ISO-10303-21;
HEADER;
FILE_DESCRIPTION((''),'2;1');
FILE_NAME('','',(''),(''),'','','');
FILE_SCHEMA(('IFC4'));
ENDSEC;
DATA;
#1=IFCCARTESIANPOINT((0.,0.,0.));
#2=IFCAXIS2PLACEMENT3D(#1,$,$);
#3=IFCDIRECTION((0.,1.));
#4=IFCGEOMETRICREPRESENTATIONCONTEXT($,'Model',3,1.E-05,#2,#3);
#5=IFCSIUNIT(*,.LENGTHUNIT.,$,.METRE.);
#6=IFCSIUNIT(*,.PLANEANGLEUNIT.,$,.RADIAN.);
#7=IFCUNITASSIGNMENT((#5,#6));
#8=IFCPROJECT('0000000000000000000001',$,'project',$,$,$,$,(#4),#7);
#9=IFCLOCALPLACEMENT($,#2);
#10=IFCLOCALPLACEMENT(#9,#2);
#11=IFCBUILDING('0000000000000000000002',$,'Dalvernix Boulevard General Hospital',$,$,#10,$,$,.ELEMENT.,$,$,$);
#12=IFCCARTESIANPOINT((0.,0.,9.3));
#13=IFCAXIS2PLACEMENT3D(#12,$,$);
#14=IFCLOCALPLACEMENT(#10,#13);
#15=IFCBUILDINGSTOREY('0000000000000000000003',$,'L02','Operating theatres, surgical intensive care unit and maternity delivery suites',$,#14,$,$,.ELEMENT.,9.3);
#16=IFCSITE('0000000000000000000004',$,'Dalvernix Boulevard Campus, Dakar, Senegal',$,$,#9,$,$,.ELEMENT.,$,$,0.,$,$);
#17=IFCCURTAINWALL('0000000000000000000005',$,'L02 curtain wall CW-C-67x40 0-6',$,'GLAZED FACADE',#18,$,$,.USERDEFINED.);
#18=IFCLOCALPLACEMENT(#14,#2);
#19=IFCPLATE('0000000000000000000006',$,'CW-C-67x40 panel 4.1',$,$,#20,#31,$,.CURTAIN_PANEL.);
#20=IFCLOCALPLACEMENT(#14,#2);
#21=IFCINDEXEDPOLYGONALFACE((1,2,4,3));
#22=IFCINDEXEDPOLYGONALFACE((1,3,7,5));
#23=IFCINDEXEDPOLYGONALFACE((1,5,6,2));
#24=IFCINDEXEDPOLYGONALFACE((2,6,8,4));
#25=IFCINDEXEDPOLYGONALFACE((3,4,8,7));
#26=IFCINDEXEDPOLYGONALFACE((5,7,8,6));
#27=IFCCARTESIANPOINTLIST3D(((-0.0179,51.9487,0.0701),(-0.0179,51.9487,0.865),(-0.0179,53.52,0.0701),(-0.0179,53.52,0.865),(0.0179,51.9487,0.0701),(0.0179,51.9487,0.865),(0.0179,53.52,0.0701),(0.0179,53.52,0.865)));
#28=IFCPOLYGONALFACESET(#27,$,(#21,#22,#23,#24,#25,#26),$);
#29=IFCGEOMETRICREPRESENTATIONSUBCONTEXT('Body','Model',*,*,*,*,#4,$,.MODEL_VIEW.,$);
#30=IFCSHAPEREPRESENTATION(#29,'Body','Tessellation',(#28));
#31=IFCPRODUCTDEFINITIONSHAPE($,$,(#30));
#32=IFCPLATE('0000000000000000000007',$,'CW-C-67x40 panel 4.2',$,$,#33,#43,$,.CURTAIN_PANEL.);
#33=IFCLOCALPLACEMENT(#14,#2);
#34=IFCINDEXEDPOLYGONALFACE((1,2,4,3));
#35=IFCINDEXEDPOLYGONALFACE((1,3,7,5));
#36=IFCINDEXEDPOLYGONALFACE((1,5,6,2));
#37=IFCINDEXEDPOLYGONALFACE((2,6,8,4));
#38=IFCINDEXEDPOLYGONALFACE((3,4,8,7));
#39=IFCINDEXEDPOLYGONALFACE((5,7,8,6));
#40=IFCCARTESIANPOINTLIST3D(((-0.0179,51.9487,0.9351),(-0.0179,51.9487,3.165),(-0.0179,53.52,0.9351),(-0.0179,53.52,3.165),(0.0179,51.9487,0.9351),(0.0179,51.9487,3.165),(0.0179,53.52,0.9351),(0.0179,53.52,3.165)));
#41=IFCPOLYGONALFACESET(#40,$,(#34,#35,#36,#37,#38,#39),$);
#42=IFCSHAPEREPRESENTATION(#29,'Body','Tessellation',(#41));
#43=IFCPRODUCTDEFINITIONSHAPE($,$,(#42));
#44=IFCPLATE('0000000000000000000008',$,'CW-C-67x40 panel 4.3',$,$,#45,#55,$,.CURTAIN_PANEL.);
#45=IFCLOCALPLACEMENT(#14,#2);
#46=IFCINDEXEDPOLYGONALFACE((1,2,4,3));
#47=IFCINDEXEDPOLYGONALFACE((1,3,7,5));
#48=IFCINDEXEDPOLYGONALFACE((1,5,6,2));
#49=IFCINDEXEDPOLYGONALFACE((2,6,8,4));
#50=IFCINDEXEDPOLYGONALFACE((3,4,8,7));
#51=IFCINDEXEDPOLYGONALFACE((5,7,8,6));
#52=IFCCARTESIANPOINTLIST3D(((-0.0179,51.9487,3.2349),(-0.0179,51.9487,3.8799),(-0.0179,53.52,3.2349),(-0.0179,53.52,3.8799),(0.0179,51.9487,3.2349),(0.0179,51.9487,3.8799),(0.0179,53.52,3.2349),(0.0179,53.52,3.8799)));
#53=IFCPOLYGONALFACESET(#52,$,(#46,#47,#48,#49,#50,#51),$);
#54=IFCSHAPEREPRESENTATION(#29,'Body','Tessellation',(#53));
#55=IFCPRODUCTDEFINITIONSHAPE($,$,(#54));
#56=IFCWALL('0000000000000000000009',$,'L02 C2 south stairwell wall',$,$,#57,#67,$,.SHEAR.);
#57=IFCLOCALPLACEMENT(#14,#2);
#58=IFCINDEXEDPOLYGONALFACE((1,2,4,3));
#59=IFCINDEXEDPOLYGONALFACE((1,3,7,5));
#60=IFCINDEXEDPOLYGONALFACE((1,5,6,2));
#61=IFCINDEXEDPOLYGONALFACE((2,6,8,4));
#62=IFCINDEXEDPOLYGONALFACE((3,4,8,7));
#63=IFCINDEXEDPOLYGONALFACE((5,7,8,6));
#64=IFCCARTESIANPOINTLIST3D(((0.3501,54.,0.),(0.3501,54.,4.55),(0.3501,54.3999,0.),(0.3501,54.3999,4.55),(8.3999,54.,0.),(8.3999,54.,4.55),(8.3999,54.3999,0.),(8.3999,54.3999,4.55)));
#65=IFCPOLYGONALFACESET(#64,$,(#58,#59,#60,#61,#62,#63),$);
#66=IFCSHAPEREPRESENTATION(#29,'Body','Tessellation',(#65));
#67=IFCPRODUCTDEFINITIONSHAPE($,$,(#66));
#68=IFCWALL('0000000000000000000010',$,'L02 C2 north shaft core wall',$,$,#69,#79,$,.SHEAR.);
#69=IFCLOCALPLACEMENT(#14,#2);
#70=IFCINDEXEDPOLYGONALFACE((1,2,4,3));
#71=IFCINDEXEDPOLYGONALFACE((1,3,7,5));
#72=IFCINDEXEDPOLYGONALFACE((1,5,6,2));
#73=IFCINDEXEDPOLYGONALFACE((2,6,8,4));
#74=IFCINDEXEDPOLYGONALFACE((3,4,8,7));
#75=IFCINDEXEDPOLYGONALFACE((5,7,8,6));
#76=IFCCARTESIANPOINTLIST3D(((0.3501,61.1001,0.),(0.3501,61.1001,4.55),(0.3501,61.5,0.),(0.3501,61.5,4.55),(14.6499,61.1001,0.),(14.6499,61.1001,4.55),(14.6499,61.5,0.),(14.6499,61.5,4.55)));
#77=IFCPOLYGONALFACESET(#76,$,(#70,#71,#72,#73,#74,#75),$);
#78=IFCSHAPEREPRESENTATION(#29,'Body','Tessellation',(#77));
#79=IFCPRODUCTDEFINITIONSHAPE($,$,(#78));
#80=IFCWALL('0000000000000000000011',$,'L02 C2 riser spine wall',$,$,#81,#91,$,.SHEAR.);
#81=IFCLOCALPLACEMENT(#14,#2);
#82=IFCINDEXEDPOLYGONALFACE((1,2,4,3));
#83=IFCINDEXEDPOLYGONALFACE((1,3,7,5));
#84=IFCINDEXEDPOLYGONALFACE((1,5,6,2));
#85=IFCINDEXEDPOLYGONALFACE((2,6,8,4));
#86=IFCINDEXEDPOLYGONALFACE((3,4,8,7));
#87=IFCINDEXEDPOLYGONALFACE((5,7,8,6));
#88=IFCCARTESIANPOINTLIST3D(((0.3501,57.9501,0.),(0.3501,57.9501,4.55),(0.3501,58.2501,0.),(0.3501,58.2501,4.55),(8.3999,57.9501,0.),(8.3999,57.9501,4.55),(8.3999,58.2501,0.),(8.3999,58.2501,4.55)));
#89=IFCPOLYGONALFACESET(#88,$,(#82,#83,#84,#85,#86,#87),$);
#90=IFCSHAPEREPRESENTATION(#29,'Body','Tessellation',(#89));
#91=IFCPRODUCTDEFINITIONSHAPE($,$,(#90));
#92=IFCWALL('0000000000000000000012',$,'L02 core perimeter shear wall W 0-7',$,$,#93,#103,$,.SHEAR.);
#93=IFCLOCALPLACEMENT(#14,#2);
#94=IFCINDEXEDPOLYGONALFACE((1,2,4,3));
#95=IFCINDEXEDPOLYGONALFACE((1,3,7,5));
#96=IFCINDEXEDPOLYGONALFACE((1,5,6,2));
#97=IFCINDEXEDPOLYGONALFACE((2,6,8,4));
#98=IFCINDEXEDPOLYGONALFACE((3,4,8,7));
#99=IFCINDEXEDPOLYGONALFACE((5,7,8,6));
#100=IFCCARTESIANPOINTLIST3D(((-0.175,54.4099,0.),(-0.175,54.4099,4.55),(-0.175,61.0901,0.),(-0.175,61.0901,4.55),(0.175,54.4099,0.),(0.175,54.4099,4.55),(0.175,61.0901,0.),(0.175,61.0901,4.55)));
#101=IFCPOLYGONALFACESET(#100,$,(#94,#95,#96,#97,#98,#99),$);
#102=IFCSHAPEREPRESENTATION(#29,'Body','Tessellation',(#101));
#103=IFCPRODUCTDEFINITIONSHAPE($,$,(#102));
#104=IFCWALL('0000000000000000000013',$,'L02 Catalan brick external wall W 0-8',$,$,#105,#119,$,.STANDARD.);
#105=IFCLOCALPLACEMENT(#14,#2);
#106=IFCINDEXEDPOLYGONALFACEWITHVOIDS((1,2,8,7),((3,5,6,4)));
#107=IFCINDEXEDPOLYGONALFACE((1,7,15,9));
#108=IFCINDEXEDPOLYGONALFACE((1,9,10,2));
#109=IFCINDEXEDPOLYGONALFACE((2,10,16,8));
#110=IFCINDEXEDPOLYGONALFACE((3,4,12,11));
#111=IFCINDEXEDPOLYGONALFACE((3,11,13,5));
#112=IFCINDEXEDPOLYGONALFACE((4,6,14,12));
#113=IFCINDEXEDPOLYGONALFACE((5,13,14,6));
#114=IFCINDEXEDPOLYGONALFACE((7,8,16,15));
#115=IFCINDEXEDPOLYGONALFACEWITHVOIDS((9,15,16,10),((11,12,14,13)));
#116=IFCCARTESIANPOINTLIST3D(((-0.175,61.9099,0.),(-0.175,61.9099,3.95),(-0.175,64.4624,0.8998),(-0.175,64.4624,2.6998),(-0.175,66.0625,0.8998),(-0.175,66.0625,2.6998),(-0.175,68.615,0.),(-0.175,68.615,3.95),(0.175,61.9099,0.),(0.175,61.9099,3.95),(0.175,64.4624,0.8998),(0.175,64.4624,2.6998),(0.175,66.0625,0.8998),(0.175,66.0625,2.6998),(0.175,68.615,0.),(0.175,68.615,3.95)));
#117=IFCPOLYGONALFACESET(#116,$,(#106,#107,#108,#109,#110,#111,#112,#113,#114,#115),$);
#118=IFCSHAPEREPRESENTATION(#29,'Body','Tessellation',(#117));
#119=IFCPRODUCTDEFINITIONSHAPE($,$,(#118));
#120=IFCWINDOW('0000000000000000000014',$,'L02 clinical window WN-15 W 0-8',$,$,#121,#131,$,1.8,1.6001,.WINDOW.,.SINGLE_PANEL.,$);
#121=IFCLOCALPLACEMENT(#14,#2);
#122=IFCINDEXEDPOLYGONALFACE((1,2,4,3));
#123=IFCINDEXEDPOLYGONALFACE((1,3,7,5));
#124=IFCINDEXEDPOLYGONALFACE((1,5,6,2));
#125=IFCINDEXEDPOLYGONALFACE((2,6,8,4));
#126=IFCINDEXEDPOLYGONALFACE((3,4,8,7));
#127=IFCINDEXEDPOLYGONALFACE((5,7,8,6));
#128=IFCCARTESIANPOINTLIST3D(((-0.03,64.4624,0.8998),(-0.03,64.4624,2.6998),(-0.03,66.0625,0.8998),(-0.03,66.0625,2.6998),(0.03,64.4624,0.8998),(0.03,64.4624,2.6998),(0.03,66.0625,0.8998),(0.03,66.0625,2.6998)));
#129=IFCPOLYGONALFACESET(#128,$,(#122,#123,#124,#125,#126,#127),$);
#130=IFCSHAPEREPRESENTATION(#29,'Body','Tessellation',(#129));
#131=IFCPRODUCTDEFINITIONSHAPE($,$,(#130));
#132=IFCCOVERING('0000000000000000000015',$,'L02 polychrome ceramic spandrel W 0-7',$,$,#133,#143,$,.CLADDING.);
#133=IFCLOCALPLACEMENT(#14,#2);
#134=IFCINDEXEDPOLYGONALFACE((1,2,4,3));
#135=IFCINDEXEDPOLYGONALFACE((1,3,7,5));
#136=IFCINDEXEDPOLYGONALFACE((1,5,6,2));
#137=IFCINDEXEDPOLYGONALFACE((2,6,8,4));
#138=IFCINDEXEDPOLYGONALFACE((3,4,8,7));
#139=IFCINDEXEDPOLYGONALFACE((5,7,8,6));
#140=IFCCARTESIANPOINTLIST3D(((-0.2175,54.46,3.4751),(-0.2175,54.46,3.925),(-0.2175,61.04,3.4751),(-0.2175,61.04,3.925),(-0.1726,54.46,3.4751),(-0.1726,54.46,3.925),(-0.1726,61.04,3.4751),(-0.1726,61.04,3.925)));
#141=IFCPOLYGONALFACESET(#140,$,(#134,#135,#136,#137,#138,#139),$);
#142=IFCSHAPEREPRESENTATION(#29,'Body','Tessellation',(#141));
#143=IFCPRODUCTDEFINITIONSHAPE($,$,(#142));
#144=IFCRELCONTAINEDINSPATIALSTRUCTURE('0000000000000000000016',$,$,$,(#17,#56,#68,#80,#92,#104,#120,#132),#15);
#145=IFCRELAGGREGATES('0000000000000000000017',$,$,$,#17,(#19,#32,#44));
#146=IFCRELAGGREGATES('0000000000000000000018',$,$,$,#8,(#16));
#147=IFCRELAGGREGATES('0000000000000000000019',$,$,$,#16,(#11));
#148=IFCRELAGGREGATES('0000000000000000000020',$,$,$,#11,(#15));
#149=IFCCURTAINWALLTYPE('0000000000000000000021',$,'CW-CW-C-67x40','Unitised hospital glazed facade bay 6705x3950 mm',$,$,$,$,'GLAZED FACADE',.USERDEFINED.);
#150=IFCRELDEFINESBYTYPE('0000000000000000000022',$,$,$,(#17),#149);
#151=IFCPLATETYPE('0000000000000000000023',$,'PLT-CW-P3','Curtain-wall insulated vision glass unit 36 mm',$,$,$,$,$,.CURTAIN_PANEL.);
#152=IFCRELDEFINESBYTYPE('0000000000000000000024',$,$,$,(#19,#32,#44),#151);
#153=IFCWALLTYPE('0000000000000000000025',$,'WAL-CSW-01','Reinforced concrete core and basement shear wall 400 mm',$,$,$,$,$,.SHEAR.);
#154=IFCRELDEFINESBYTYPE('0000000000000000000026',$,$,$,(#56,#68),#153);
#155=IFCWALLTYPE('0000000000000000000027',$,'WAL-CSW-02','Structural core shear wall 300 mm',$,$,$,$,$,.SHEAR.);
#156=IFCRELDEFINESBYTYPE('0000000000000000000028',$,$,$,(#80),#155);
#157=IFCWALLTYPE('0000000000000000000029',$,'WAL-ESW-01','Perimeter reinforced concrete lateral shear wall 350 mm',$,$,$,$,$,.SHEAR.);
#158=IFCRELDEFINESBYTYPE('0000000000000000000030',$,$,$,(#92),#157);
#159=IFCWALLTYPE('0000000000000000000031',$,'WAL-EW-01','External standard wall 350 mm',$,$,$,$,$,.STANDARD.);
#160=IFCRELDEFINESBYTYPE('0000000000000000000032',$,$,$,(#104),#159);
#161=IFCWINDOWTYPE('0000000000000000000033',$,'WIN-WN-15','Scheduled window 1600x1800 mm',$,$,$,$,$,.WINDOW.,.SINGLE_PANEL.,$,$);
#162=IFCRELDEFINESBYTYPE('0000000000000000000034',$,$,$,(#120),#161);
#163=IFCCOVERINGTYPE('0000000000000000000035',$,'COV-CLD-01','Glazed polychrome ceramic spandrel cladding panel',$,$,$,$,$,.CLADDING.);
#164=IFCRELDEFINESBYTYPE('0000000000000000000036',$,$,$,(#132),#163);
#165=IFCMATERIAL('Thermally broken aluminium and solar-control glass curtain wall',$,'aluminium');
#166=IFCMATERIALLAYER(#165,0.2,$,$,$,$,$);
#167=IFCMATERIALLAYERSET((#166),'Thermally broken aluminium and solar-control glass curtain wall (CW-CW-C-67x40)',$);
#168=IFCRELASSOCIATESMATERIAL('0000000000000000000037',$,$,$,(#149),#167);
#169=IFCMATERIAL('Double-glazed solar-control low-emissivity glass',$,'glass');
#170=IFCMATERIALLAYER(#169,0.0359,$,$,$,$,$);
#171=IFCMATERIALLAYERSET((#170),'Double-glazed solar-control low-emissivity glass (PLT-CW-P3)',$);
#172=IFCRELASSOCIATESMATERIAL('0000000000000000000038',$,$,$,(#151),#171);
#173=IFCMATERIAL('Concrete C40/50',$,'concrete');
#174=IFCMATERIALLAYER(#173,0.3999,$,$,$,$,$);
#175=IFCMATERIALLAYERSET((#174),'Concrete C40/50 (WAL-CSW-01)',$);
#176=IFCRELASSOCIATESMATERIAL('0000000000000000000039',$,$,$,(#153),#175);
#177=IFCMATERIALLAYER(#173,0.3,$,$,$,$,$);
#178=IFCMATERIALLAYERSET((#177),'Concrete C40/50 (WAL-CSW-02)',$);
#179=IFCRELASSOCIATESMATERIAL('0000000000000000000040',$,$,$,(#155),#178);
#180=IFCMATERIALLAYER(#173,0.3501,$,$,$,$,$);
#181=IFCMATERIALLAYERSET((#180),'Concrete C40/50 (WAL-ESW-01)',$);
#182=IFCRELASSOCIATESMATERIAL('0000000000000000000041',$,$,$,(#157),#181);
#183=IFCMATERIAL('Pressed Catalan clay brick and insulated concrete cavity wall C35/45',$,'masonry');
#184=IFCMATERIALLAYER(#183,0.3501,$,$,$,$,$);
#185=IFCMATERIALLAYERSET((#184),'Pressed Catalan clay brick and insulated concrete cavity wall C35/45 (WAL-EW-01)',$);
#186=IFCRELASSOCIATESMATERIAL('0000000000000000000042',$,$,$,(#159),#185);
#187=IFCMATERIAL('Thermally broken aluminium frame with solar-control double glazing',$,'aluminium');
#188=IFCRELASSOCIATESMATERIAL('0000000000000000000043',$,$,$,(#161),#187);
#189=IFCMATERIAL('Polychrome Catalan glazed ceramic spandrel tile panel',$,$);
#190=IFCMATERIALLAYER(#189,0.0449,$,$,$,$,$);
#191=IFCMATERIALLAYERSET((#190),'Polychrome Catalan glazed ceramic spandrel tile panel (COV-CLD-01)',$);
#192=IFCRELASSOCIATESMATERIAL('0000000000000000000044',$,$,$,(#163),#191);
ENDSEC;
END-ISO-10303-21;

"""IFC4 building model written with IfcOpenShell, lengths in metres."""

from ifc_helpers import new_model, si_unit, direction, frame, frame_2d, origin, origin_2d, place, context, subcontext, project, spatial, rectangle, extrude, material, layer, layer_set, type_object, element, fill, aggregate, save


model = new_model("IFC4")

# Units and contexts
model_context = context("Model", 3, precision=1e-05, world=origin(), true_north=direction((0.0, 1.0)))
body_context = subcontext(model_context, "Body", "Model", "MODEL_VIEW")
ifc_project = project(units=[si_unit("LENGTHUNIT", "METRE"), si_unit("PLANEANGLEUNIT", "RADIAN")], contexts=[model_context])

# Site, building, storey
site_placement = place(None, origin())
site = spatial("IfcSite", under=ifc_project, at=site_placement, Name="Dalvernix Boulevard Campus, Dakar, Senegal", CompositionType="ELEMENT", RefElevation=0.0)
building_placement = place(site_placement, origin())
building = spatial("IfcBuilding", under=site, at=building_placement, Name="Dalvernix Boulevard General Hospital", CompositionType="ELEMENT")
storey_placement = place(building_placement, frame((0.0, 0.0, 9.3)))
storey = spatial("IfcBuildingStorey", under=building, at=storey_placement, Name="L02", Description="Operating theatres, surgical intensive care unit and maternity delivery suites", CompositionType="ELEMENT", Elevation=9.3)

# Shared definitions
ifc_material_1 = material(Name="Concrete C40/50", Category="concrete")

# Curtain wall, plates
ifc_material_2 = material(Name="Thermally broken aluminium and solar-control glass curtain wall", Category="aluminium")
ifc_layer_1 = layer(ifc_material_2, 0.2)
ifc_layer_set_1 = layer_set([ifc_layer_1], Name="Thermally broken aluminium and solar-control glass curtain wall (CW-CW-C-67x40)")
curtain_wall_type = type_object("IfcCurtainWallType", Name="CW-CW-C-67x40", Description="Unitised hospital glazed facade bay 6705x3950 mm", ElementType="GLAZED FACADE", PredefinedType="USERDEFINED", material=ifc_layer_set_1)
curtain_wall_placement = place(storey_placement, origin())
curtain_wall = element("IfcCurtainWall", 1, at=curtain_wall_placement, inside=storey, type_object=curtain_wall_type, Name="L02 curtain wall CW-C-67x40 0-6", ObjectType="GLAZED FACADE", PredefinedType="USERDEFINED")
ifc_material_3 = material(Name="Double-glazed solar-control low-emissivity glass", Category="glass")
ifc_layer_2 = layer(ifc_material_3, 0.0359)
ifc_layer_set_2 = layer_set([ifc_layer_2], Name="Double-glazed solar-control low-emissivity glass (PLT-CW-P3)")
plate_type = type_object("IfcPlateType", Name="PLT-CW-P3", Description="Curtain-wall insulated vision glass unit 36 mm", PredefinedType="CURTAIN_PANEL", material=ifc_layer_set_2)
plate_1_placement = place(storey_placement, frame((0.0, 52.7344, 0.0701), z_axis=(0.0, 0.0, 1.0), x_axis=(0.0, 1.0, 0.0)))
plate_1 = element("IfcPlate", 2, at=plate_1_placement, type_object=plate_type, Name="CW-C-67x40 panel 4.1", PredefinedType="CURTAIN_PANEL", context=body_context, shape_type="SweptSolid", body=[
    extrude(rectangle(XDim=1.5713, YDim=0.0359, at=origin_2d()), origin(), (0.0, 0.0, 1.0), 0.7949),
])
plate_2_placement = place(storey_placement, frame((0.0, 52.7344, 0.9351), z_axis=(0.0, 0.0, 1.0), x_axis=(0.0, 1.0, 0.0)))
plate_2 = element("IfcPlate", 3, at=plate_2_placement, type_object=plate_type, Name="CW-C-67x40 panel 4.2", PredefinedType="CURTAIN_PANEL", context=body_context, shape_type="SweptSolid", body=[
    extrude(rectangle(XDim=1.5713, YDim=0.0359, at=origin_2d()), origin(), (0.0, 0.0, 1.0), 2.23),
])
plate_3_placement = place(storey_placement, frame((0.0, 52.7344, 3.2349), z_axis=(0.0, 0.0, 1.0), x_axis=(0.0, 1.0, 0.0)))
plate_3 = element("IfcPlate", 4, at=plate_3_placement, type_object=plate_type, Name="CW-C-67x40 panel 4.3", PredefinedType="CURTAIN_PANEL", context=body_context, shape_type="SweptSolid", body=[
    extrude(rectangle(XDim=1.5713, YDim=0.0359, at=origin_2d()), origin(), (0.0, 0.0, 1.0), 0.645),
])
aggregate(curtain_wall, [plate_1, plate_2, plate_3])

# Walls
ifc_layer_3 = layer(ifc_material_1, 0.3999)
ifc_layer_set_3 = layer_set([ifc_layer_3], Name="Concrete C40/50 (WAL-CSW-01)")
wall_type_1 = type_object("IfcWallType", Name="WAL-CSW-01", Description="Reinforced concrete core and basement shear wall 400 mm", PredefinedType="SHEAR", material=ifc_layer_set_3)
wall_1_placement = place(storey_placement, frame((0.3501, 54.2, 0.0), z_axis=(0.0, 0.0, 1.0), x_axis=(1.0, 0.0, 0.0)))
element("IfcWall", 5, at=wall_1_placement, inside=storey, type_object=wall_type_1, Name="L02 C2 south stairwell wall", PredefinedType="SHEAR", context=body_context, shape_type="SweptSolid", body=[
    extrude(rectangle(XDim=8.0498, YDim=0.3999, at=frame_2d((4.0249, 0.0))), origin(), (0.0, 0.0, 1.0), 4.55),
])
wall_2_placement = place(storey_placement, frame((0.3501, 61.3, 0.0), z_axis=(0.0, 0.0, 1.0), x_axis=(1.0, 0.0, 0.0)))
element("IfcWall", 6, at=wall_2_placement, inside=storey, type_object=wall_type_1, Name="L02 C2 north shaft core wall", PredefinedType="SHEAR", context=body_context, shape_type="SweptSolid", body=[
    extrude(rectangle(XDim=14.2998, YDim=0.3999, at=frame_2d((7.1499, 0.0))), origin(), (0.0, 0.0, 1.0), 4.55),
])
ifc_layer_4 = layer(ifc_material_1, 0.3)
ifc_layer_set_4 = layer_set([ifc_layer_4], Name="Concrete C40/50 (WAL-CSW-02)")
wall_type_2 = type_object("IfcWallType", Name="WAL-CSW-02", Description="Structural core shear wall 300 mm", PredefinedType="SHEAR", material=ifc_layer_set_4)
wall_3_placement = place(storey_placement, frame((0.3501, 58.1001, 0.0), z_axis=(0.0, 0.0, 1.0), x_axis=(1.0, 0.0, 0.0)))
element("IfcWall", 7, at=wall_3_placement, inside=storey, type_object=wall_type_2, Name="L02 C2 riser spine wall", PredefinedType="SHEAR", context=body_context, shape_type="SweptSolid", body=[
    extrude(rectangle(XDim=8.0498, YDim=0.3, at=frame_2d((4.0249, 0.0))), origin(), (0.0, 0.0, 1.0), 4.55),
])
ifc_layer_5 = layer(ifc_material_1, 0.3501)
ifc_layer_set_5 = layer_set([ifc_layer_5], Name="Concrete C40/50 (WAL-ESW-01)")
wall_type_3 = type_object("IfcWallType", Name="WAL-ESW-01", Description="Perimeter reinforced concrete lateral shear wall 350 mm", PredefinedType="SHEAR", material=ifc_layer_set_5)
wall_4_placement = place(storey_placement, frame((0.0, 54.4099, 0.0), z_axis=(0.0, 0.0, 1.0), x_axis=(0.0, 1.0, 0.0)))
element("IfcWall", 8, at=wall_4_placement, inside=storey, type_object=wall_type_3, Name="L02 core perimeter shear wall W 0-7", PredefinedType="SHEAR", context=body_context, shape_type="SweptSolid", body=[
    extrude(rectangle(XDim=6.6802, YDim=0.3501, at=frame_2d((3.3401, 0.0))), origin(), (0.0, 0.0, 1.0), 4.55),
])

# Wall, opening, window
ifc_material_4 = material(Name="Pressed Catalan clay brick and insulated concrete cavity wall C35/45", Category="masonry")
ifc_layer_6 = layer(ifc_material_4, 0.3501)
ifc_layer_set_6 = layer_set([ifc_layer_6], Name="Pressed Catalan clay brick and insulated concrete cavity wall C35/45 (WAL-EW-01)")
wall_type_4 = type_object("IfcWallType", Name="WAL-EW-01", Description="External standard wall 350 mm", PredefinedType="STANDARD", material=ifc_layer_set_6)
wall_5_placement = place(storey_placement, frame((0.0, 61.9099, 0.0), z_axis=(0.0, 0.0, 1.0), x_axis=(0.0, 1.0, 0.0)))
wall_5 = element("IfcWall", 9, at=wall_5_placement, inside=storey, type_object=wall_type_4, Name="L02 Catalan brick external wall W 0-8", PredefinedType="STANDARD", context=body_context, shape_type="SweptSolid", body=[
    extrude(rectangle(XDim=6.7051, YDim=0.3501, at=frame_2d((3.3525, 0.0))), origin(), (0.0, 0.0, 1.0), 3.95),
])
opening_placement = place(wall_5_placement, frame((2.5525, 0.0, 0.8999)))
opening = element("IfcOpeningElement", 10, at=opening_placement, cuts=wall_5, PredefinedType="OPENING", context=body_context, shape_type="SweptSolid", body=[
    extrude(rectangle(XDim=1.6001, YDim=1.8, at=frame_2d((0.8, 0.8999))), frame((0.0, 0.1851, 0.0), z_axis=(0.0, -1.0, 0.0), x_axis=(1.0, 0.0, 0.0)), (0.0, 0.0, 1.0), 0.3701),
])
ifc_material_5 = material(Name="Thermally broken aluminium frame with solar-control double glazing", Category="aluminium")
window_type = type_object("IfcWindowType", Name="WIN-WN-15", Description="Scheduled window 1600x1800 mm", PartitioningType="SINGLE_PANEL", PredefinedType="WINDOW", material=ifc_material_5)
window_placement = place(opening_placement, origin())
window = element("IfcWindow", 11, at=window_placement, inside=storey, type_object=window_type, Name="L02 clinical window WN-15 W 0-8", OverallHeight=1.8, OverallWidth=1.6001, PartitioningType="SINGLE_PANEL", PredefinedType="WINDOW", context=body_context, shape_type="SweptSolid", body=[
    extrude(rectangle(XDim=1.6001, YDim=1.8, at=frame_2d((0.8, 0.8999))), frame((0.0, 0.03, 0.0), z_axis=(0.0, -1.0, 0.0), x_axis=(1.0, 0.0, 0.0)), (0.0, 0.0, 1.0), 0.0601),
])
fill(opening, window)

# Covering
ifc_material_6 = material(Name="Polychrome Catalan glazed ceramic spandrel tile panel")
ifc_layer_7 = layer(ifc_material_6, 0.0449)
ifc_layer_set_7 = layer_set([ifc_layer_7], Name="Polychrome Catalan glazed ceramic spandrel tile panel (COV-CLD-01)")
covering_type = type_object("IfcCoveringType", Name="COV-CLD-01", Description="Glazed polychrome ceramic spandrel cladding panel", PredefinedType="CLADDING", material=ifc_layer_set_7)
covering_placement = place(storey_placement, frame((-0.1951, 57.75, 3.4751), z_axis=(0.0, 0.0, 1.0), x_axis=(0.0, 1.0, 0.0)))
element("IfcCovering", 12, at=covering_placement, inside=storey, type_object=covering_type, Name="L02 polychrome ceramic spandrel W 0-7", PredefinedType="CLADDING", context=body_context, shape_type="SweptSolid", body=[
    extrude(rectangle(XDim=6.5801, YDim=0.0449, at=origin_2d()), origin(), (0.0, 0.0, 1.0), 0.45),
])

save(model, "model.ifc")
